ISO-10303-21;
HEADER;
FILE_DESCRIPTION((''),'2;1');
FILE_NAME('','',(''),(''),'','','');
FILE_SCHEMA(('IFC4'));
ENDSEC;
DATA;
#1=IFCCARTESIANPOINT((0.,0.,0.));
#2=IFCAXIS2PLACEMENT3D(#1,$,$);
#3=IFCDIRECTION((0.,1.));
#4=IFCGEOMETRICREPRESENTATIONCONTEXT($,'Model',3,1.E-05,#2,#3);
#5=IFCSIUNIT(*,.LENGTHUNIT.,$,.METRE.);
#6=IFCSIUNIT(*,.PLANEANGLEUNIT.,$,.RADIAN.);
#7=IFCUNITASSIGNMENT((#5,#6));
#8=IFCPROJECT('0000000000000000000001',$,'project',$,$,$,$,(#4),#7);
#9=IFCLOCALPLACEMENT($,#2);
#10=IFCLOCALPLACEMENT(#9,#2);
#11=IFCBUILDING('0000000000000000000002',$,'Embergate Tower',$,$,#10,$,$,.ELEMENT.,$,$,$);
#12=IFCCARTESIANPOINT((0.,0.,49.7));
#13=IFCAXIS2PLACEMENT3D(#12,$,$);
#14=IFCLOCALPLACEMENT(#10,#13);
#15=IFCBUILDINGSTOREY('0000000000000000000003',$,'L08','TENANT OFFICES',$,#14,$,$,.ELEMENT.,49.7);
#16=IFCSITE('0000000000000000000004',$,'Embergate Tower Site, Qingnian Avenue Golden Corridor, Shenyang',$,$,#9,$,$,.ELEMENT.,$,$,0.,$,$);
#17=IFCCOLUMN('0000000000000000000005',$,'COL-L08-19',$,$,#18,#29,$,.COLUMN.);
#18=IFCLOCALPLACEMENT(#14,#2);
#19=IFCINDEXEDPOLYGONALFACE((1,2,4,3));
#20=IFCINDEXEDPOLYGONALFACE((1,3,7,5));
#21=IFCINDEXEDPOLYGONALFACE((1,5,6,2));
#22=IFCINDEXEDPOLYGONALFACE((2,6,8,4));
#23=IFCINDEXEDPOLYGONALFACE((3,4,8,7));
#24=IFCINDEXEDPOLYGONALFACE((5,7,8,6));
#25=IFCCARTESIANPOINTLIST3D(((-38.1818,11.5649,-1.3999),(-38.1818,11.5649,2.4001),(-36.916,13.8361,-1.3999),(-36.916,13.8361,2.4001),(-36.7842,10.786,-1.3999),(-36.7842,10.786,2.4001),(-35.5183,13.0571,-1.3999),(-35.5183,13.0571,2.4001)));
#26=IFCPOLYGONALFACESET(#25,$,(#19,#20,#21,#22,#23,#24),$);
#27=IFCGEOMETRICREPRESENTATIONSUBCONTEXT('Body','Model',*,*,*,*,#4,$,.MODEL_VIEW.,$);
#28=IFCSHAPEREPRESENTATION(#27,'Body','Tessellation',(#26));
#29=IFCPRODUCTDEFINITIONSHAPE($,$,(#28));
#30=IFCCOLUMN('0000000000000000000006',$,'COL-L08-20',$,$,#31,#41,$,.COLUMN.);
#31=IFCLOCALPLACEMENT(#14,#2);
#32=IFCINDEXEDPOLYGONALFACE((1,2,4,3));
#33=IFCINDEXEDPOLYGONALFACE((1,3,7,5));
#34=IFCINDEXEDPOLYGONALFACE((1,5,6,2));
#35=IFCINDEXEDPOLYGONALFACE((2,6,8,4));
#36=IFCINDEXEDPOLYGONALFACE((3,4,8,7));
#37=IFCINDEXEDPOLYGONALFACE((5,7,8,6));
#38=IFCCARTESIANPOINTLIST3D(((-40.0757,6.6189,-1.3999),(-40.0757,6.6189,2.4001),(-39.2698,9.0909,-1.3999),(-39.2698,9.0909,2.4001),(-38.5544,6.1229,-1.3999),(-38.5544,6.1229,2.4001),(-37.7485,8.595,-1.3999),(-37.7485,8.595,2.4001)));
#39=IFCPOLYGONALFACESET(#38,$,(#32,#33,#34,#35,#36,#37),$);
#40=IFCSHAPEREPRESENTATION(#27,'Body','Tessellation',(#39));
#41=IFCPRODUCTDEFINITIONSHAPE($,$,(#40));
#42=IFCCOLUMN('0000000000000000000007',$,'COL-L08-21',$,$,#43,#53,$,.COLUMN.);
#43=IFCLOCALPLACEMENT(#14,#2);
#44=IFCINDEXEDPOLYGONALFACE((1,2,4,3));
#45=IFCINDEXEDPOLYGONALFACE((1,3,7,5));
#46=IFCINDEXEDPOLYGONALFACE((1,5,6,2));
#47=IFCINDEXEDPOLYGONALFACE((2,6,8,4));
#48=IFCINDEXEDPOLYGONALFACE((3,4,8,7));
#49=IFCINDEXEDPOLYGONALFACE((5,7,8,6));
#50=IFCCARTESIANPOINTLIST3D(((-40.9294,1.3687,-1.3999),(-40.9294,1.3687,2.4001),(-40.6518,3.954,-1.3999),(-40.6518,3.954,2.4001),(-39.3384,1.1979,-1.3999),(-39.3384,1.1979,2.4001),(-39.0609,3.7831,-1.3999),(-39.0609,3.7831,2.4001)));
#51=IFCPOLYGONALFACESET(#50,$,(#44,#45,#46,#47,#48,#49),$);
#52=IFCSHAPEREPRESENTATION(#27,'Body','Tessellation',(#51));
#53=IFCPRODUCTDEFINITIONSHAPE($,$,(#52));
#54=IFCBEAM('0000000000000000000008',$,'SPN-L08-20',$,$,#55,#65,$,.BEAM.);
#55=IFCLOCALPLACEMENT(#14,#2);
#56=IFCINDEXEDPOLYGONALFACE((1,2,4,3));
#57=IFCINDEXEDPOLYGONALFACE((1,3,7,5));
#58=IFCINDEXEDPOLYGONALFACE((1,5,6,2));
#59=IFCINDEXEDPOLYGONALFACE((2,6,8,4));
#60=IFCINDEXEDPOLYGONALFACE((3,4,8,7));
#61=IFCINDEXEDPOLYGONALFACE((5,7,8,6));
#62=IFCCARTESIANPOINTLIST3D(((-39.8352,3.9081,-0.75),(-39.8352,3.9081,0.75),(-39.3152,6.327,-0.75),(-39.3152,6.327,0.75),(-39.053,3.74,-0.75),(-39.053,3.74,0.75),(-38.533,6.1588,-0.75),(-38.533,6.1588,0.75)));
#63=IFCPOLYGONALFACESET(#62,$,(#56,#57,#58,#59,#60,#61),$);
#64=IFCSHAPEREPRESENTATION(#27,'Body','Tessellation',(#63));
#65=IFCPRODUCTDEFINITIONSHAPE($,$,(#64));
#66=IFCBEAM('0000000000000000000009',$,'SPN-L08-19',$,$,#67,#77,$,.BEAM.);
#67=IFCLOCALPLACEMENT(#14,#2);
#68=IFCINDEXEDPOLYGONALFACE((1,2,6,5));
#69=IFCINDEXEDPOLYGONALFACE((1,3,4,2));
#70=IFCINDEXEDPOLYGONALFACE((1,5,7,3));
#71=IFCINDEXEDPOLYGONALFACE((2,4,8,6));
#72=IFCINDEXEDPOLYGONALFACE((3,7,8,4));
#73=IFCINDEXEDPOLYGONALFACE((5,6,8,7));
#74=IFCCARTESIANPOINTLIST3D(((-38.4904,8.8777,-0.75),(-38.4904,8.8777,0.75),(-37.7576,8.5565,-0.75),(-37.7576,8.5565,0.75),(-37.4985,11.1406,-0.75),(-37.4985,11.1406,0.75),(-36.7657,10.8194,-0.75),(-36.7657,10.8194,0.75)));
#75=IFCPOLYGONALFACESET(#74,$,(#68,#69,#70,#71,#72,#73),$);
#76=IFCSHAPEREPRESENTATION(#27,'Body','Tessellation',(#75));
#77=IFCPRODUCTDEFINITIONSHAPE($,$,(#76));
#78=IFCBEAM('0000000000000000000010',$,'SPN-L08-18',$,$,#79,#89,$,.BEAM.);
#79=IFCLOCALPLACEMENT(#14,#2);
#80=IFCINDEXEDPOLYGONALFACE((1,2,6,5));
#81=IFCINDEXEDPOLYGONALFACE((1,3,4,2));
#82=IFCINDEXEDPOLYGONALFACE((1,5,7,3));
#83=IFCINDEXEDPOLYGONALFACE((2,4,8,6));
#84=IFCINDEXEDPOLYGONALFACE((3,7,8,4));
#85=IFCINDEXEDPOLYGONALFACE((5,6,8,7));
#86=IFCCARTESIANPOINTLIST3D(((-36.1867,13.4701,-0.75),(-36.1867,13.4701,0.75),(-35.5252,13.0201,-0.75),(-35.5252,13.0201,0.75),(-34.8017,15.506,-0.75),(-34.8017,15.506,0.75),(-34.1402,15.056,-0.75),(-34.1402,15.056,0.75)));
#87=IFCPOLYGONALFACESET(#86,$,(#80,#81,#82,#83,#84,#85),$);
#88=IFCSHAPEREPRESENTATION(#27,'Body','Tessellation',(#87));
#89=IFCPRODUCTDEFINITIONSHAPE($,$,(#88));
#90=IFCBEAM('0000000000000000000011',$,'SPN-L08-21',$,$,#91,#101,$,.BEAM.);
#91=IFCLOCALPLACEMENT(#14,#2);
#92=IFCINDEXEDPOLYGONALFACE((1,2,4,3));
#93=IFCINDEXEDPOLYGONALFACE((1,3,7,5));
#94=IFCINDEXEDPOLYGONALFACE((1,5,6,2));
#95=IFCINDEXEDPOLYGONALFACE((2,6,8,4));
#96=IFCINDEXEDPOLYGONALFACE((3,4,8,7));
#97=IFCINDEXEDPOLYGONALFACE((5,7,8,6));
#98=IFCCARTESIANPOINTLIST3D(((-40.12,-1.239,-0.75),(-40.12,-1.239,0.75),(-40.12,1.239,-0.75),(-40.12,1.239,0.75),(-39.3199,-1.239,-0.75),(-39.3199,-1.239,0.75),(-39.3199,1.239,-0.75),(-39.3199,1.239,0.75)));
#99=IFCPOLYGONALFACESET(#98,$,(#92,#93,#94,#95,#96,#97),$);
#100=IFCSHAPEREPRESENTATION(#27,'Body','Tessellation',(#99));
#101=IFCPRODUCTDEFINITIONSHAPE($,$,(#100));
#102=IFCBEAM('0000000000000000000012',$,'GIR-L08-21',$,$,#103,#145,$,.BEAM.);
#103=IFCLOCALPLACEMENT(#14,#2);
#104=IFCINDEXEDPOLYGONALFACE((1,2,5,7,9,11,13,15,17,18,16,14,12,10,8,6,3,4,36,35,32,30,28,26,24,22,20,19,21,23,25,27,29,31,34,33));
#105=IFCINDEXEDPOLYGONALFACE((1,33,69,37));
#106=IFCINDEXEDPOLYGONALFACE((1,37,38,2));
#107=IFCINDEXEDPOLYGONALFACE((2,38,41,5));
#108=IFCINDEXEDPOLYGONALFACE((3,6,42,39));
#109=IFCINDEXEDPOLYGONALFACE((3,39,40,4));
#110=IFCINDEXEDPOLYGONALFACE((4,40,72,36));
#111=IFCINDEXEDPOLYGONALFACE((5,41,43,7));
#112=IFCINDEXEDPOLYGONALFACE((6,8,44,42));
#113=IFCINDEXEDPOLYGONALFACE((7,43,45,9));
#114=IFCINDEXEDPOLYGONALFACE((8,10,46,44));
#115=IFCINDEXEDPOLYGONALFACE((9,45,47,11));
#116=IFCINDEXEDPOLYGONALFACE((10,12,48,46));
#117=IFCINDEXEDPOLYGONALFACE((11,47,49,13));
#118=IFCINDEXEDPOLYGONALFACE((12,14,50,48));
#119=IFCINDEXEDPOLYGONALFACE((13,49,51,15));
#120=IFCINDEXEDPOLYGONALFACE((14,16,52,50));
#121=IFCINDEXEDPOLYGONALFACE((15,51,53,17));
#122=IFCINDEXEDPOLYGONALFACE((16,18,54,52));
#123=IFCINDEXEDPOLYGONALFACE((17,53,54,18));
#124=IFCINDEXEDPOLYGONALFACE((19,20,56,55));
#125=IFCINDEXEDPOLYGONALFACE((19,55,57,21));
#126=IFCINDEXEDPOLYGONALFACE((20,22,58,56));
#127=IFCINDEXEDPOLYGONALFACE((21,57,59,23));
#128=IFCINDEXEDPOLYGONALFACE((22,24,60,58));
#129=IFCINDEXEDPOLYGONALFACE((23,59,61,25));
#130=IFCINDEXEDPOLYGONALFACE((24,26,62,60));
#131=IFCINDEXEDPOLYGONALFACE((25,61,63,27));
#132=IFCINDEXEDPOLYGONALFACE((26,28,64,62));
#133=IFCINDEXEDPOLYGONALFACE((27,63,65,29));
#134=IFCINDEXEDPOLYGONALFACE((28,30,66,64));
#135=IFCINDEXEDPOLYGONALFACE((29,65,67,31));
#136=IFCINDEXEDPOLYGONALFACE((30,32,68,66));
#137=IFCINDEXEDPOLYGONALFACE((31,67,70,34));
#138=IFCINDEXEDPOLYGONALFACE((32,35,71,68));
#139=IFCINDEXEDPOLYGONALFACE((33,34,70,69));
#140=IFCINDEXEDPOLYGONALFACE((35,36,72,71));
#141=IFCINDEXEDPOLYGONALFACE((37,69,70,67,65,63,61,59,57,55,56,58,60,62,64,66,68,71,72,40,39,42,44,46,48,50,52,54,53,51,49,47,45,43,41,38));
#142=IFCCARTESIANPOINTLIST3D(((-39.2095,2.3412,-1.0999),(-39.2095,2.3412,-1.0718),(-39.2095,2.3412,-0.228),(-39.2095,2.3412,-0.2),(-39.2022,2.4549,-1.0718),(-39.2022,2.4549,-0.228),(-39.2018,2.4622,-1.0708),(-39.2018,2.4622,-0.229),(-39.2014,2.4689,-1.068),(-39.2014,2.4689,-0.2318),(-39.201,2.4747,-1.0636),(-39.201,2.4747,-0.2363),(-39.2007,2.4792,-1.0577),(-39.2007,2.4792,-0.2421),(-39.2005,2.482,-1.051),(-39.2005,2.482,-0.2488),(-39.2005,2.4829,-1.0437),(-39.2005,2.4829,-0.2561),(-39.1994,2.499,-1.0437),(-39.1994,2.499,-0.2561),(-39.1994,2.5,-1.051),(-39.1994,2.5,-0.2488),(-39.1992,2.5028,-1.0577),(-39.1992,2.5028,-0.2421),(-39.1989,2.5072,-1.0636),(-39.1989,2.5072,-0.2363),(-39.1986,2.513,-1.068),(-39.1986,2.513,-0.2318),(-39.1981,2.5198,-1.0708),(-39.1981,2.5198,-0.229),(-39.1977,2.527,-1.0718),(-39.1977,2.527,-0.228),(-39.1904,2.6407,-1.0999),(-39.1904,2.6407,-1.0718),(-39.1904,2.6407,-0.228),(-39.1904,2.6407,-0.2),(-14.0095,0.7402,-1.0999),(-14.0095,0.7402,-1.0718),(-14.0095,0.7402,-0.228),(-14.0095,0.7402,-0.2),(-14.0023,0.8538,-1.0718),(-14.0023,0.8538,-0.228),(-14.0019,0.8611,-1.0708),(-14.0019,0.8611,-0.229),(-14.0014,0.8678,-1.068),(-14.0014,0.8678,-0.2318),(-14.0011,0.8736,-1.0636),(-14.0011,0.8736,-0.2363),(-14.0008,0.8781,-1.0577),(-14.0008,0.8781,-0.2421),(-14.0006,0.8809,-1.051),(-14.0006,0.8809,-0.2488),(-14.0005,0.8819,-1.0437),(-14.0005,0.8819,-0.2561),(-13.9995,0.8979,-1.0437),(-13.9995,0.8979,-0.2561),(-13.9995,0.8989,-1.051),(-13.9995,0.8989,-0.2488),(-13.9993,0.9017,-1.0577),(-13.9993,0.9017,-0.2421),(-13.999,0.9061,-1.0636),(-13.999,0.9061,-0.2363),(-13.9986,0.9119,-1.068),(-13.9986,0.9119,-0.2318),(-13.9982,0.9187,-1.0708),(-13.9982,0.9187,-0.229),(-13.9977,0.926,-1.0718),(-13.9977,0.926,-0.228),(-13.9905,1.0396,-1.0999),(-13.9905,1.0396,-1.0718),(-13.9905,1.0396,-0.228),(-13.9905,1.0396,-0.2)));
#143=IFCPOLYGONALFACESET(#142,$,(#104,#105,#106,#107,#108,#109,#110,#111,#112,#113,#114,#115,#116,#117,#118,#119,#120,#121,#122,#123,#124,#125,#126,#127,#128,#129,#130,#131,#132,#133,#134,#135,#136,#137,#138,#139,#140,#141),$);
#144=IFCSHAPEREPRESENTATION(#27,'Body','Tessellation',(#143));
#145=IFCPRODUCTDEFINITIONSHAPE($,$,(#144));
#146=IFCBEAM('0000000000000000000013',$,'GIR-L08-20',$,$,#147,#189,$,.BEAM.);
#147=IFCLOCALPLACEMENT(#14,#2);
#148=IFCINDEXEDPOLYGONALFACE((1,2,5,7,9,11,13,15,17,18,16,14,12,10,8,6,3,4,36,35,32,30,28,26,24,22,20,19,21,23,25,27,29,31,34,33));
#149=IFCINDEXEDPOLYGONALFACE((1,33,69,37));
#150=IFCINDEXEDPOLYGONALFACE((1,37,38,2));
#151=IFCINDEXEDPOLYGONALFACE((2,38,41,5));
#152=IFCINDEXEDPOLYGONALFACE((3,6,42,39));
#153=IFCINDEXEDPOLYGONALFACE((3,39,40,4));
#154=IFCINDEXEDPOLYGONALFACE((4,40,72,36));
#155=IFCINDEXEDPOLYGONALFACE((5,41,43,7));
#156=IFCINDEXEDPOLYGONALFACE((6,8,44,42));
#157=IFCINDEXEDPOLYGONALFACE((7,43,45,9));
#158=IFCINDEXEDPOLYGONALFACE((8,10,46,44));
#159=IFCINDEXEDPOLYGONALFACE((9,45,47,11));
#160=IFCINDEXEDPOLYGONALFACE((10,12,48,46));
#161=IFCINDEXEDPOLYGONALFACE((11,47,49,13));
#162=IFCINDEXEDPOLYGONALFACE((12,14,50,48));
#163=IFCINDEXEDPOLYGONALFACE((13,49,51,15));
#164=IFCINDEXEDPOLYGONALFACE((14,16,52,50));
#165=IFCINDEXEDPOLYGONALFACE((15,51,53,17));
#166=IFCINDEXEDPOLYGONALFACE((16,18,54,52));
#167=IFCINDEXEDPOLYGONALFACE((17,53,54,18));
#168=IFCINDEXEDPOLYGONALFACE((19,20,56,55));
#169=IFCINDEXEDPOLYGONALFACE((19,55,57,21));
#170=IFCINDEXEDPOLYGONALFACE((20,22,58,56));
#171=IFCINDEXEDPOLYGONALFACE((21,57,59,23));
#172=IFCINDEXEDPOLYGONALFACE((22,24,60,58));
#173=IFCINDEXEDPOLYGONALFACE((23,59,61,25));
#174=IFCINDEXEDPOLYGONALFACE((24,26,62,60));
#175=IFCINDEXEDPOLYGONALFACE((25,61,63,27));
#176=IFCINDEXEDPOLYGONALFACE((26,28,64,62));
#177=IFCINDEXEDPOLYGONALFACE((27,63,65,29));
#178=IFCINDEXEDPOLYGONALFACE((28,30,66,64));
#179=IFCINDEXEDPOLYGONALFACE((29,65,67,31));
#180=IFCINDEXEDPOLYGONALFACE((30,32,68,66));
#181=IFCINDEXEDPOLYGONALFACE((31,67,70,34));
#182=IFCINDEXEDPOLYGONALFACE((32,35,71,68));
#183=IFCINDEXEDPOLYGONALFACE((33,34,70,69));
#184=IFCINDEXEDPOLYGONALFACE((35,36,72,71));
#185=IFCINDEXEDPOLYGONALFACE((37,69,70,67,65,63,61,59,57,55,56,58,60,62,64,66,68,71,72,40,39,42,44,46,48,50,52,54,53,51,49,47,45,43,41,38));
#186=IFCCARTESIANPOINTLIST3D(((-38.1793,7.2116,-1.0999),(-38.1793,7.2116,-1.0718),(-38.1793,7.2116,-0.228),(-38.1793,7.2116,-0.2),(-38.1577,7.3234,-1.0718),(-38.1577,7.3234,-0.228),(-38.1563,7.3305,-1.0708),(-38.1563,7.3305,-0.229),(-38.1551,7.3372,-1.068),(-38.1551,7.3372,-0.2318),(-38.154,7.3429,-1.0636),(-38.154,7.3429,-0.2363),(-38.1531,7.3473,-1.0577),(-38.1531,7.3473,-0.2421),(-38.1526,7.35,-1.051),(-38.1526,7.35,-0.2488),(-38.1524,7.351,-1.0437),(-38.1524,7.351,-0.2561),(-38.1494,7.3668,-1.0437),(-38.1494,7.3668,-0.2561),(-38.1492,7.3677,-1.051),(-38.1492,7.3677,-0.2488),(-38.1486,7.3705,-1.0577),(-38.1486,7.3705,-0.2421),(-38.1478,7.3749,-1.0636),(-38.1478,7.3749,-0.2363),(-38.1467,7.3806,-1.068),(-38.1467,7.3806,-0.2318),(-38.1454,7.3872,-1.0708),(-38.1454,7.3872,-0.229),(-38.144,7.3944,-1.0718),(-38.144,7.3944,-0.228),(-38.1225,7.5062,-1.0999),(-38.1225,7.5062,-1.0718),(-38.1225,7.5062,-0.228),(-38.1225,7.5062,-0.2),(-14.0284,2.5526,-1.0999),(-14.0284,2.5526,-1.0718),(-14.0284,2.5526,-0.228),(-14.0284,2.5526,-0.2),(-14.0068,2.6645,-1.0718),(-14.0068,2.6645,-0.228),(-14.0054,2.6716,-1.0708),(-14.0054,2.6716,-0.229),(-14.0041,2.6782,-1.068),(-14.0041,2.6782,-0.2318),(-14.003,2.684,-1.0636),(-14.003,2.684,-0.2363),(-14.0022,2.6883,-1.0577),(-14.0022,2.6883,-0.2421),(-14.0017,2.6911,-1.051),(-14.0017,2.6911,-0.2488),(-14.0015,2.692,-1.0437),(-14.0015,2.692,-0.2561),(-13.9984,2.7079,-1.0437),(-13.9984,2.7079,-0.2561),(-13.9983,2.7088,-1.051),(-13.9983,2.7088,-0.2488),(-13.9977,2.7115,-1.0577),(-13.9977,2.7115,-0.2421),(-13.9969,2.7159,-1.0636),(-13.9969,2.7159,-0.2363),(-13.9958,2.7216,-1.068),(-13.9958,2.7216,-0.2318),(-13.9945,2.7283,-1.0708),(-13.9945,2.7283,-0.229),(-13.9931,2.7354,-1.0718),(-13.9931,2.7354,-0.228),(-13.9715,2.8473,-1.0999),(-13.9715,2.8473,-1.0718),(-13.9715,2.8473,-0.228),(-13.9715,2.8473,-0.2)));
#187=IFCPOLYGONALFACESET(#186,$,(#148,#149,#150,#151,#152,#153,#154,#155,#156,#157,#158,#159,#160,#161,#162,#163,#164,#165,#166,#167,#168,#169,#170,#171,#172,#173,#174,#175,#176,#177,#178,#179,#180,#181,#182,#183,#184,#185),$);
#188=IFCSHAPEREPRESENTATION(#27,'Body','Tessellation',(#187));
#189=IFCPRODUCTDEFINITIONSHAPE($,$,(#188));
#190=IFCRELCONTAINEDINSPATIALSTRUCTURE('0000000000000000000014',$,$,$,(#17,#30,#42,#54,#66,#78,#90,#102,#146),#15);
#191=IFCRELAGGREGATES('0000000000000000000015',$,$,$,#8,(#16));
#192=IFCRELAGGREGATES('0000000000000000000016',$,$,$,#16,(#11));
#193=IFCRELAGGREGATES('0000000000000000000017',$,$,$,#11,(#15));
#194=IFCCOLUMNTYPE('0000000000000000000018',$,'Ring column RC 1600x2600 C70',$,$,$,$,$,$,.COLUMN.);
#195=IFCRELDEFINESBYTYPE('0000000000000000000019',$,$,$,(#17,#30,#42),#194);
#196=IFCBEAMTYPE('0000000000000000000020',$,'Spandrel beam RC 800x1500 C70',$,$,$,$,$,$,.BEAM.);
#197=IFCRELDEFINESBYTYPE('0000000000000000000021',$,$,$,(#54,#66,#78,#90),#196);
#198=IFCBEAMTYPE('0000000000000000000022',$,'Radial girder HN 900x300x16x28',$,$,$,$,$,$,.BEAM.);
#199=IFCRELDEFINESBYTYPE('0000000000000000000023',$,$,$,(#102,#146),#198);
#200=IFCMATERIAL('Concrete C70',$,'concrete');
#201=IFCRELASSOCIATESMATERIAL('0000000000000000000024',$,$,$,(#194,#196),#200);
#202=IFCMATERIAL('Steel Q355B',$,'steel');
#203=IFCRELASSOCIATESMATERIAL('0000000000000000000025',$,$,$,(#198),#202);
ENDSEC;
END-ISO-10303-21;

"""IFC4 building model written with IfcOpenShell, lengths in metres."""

from ifc_helpers import new_model, si_unit, direction, frame, origin, origin_2d, place, context, subcontext, project, spatial, rectangle, i_section, extrude, source, transform, mapped, material, material_profile, profile_set, type_object, element, save


model = new_model("IFC4")

# Units and contexts
model_context = context("Model", 3, precision=1e-05, world=origin(), true_north=direction((0.0, 1.0)))
body_context = subcontext(model_context, "Body", "Model", "MODEL_VIEW")
ifc_project = project(units=[si_unit("LENGTHUNIT", "METRE"), si_unit("PLANEANGLEUNIT", "RADIAN")], contexts=[model_context])

# Site, building, storey
site_placement = place(None, origin())
site = spatial("IfcSite", under=ifc_project, at=site_placement, Name="Embergate Tower Site, Qingnian Avenue Golden Corridor, Shenyang", CompositionType="ELEMENT", RefElevation=0.0)
building_placement = place(site_placement, origin())
building = spatial("IfcBuilding", under=site, at=building_placement, Name="Embergate Tower", CompositionType="ELEMENT")
storey_placement = place(building_placement, frame((0.0, 0.0, 49.7)))
storey = spatial("IfcBuildingStorey", under=building, at=storey_placement, Name="L08", Description="TENANT OFFICES", CompositionType="ELEMENT", Elevation=49.7)

# Columns
ifc_material_1 = material(Name="Concrete C70", Category="concrete")
ifc_material_profile_1 = material_profile(ifc_material_1, rectangle(XDim=1.6001, YDim=2.6001, at=origin_2d()), Name="RC 1600x2600")
ifc_profile_set_1 = profile_set([ifc_material_profile_1], Name="Concrete C70")
column_type = type_object("IfcColumnType", Name="Ring column RC 1600x2600 C70", PredefinedType="COLUMN", material=ifc_profile_set_1)
shared_shape_1 = source(origin(), body_context, "Body", "SweptSolid", [
    extrude(rectangle(XDim=1.6001, YDim=2.6001, at=origin_2d()), origin(), (0.0, 0.0, 1.0), 3.8),
])
for number, where, z_axis, x_axis, name in (
    (1, (-36.8501, 12.311, -1.3999), (0.0, 0.0, 1.0), (-0.873492, 0.486839, 0.0), "COL-L08-19"),
    (2, (-38.9121, 7.6069, -1.3999), (0.0, 0.0, 1.0), (-0.950754, 0.309946, 0.0), "COL-L08-20"),
    (3, (-39.9951, 2.5759, -1.3999), (0.0, 0.0, 1.0), (-0.994286, 0.10675, 0.0), "COL-L08-21"),
):
    element("IfcColumn", number, at=place(storey_placement, frame(where, z_axis=z_axis, x_axis=x_axis)), inside=storey, type_object=column_type, Name=name, PredefinedType="COLUMN", context=body_context, shape_type="MappedRepresentation", body=[
        mapped(shared_shape_1, transform((0.0, 0.0, 0.0))),
    ])

# Beams
ifc_material_profile_2 = material_profile(ifc_material_1, rectangle(XDim=0.8, YDim=1.5, at=origin_2d()), Name="RC 800x1500")
ifc_profile_set_2 = profile_set([ifc_material_profile_2], Name="Concrete C70")
beam_type_1 = type_object("IfcBeamType", Name="Spandrel beam RC 800x1500 C70", PredefinedType="BEAM", material=ifc_profile_set_2)
shared_shape_2 = source(origin(), body_context, "Body", "SweptSolid", [
    extrude(rectangle(XDim=0.8, YDim=1.5, at=origin_2d()), origin(), (0.0, 0.0, 1.0), 2.4741),
])
beam_1_placement = place(storey_placement, frame((-38.9241, 6.2429, 0.0), z_axis=(-0.210176, -0.977664, 0.0), x_axis=(0.977664, -0.210176, 0.0)))
element("IfcBeam", 4, at=beam_1_placement, inside=storey, type_object=beam_type_1, Name="SPN-L08-20", PredefinedType="BEAM", context=body_context, shape_type="MappedRepresentation", body=[
    mapped(shared_shape_2, transform((0.0, 0.0, 0.0))),
])
shared_shape_3 = source(origin(), body_context, "Body", "SweptSolid", [
    extrude(rectangle(XDim=0.8, YDim=1.5, at=origin_2d()), origin(), (0.0, 0.0, 1.0), 2.4707),
])
beam_2_placement = place(storey_placement, frame((-37.1321, 10.98, 0.0), z_axis=(-0.401467, -0.915874, 0.0), x_axis=(0.915874, -0.401467, 0.0)))
element("IfcBeam", 5, at=beam_2_placement, inside=storey, type_object=beam_type_1, Name="SPN-L08-19", PredefinedType="BEAM", context=body_context, shape_type="MappedRepresentation", body=[
    mapped(shared_shape_3, transform((0.0, 0.0, 0.0))),
])
shared_shape_4 = source(origin(), body_context, "Body", "SweptSolid", [
    extrude(rectangle(XDim=0.8, YDim=1.5, at=origin_2d()), origin(), (0.0, 0.0, 1.0), 2.4624),
])
beam_3_placement = place(storey_placement, frame((-34.4709, 15.281, 0.0), z_axis=(-0.562478, -0.826812, 0.0), x_axis=(0.826812, -0.562478, 0.0)))
element("IfcBeam", 6, at=beam_3_placement, inside=storey, type_object=beam_type_1, Name="SPN-L08-18", PredefinedType="BEAM", context=body_context, shape_type="MappedRepresentation", body=[
    mapped(shared_shape_4, transform((0.0, 0.0, 0.0))),
])
shared_shape_5 = source(origin(), body_context, "Body", "SweptSolid", [
    extrude(rectangle(XDim=0.8, YDim=1.5, at=origin_2d()), origin(), (0.0, 0.0, 1.0), 2.478),
])
beam_4_placement = place(storey_placement, frame((-39.72, 1.239, 0.0), z_axis=(0.0, -1.0, 0.0), x_axis=(1.0, 0.0, 0.0)))
element("IfcBeam", 7, at=beam_4_placement, inside=storey, type_object=beam_type_1, Name="SPN-L08-21", PredefinedType="BEAM", context=body_context, shape_type="MappedRepresentation", body=[
    mapped(shared_shape_5, transform((0.0, 0.0, 0.0))),
])
ifc_material_2 = material(Name="Steel Q355B", Category="steel")
ifc_material_profile_3 = material_profile(ifc_material_2, i_section(OverallWidth=0.3, OverallDepth=0.8999, WebThickness=0.0161, FlangeThickness=0.0281, FilletRadius=0.0281, at=origin_2d()), Name="HN 900x300x16x28")
ifc_profile_set_3 = profile_set([ifc_material_profile_3], Name="Steel Q355 grade B")
beam_type_2 = type_object("IfcBeamType", Name="Radial girder HN 900x300x16x28", PredefinedType="BEAM", material=ifc_profile_set_3)
shared_shape_6 = source(origin(), body_context, "Body", "SweptSolid", [
    extrude(i_section(OverallWidth=0.3, OverallDepth=0.8999, WebThickness=0.0161, FlangeThickness=0.0281, FilletRadius=0.0281, at=origin_2d()), origin(), (0.0, 0.0, 1.0), 25.2507),
])
beam_5_placement = place(storey_placement, frame((-39.2, 2.491, -0.6499), z_axis=(0.997988, -0.063407, 0.0), x_axis=(0.063407, 0.997988, 0.0)))
element("IfcBeam", 8, at=beam_5_placement, inside=storey, type_object=beam_type_2, Name="GIR-L08-21", PredefinedType="BEAM", context=body_context, shape_type="MappedRepresentation", body=[
    mapped(shared_shape_6, transform((0.0, 0.0, 0.0))),
])
shared_shape_7 = source(origin(), body_context, "Body", "SweptSolid", [
    extrude(i_section(OverallWidth=0.3, OverallDepth=0.8999, WebThickness=0.0161, FlangeThickness=0.0281, FilletRadius=0.0281, at=origin_2d()), origin(), (0.0, 0.0, 1.0), 24.5962),
])
beam_6_placement = place(storey_placement, frame((-38.1509, 7.3589, -0.6499), z_axis=(0.981897, -0.189417, 0.0), x_axis=(0.189417, 0.981897, 0.0)))
element("IfcBeam", 9, at=beam_6_placement, inside=storey, type_object=beam_type_2, Name="GIR-L08-20", PredefinedType="BEAM", context=body_context, shape_type="MappedRepresentation", body=[
    mapped(shared_shape_7, transform((0.0, 0.0, 0.0))),
])

save(model, "model.ifc")
